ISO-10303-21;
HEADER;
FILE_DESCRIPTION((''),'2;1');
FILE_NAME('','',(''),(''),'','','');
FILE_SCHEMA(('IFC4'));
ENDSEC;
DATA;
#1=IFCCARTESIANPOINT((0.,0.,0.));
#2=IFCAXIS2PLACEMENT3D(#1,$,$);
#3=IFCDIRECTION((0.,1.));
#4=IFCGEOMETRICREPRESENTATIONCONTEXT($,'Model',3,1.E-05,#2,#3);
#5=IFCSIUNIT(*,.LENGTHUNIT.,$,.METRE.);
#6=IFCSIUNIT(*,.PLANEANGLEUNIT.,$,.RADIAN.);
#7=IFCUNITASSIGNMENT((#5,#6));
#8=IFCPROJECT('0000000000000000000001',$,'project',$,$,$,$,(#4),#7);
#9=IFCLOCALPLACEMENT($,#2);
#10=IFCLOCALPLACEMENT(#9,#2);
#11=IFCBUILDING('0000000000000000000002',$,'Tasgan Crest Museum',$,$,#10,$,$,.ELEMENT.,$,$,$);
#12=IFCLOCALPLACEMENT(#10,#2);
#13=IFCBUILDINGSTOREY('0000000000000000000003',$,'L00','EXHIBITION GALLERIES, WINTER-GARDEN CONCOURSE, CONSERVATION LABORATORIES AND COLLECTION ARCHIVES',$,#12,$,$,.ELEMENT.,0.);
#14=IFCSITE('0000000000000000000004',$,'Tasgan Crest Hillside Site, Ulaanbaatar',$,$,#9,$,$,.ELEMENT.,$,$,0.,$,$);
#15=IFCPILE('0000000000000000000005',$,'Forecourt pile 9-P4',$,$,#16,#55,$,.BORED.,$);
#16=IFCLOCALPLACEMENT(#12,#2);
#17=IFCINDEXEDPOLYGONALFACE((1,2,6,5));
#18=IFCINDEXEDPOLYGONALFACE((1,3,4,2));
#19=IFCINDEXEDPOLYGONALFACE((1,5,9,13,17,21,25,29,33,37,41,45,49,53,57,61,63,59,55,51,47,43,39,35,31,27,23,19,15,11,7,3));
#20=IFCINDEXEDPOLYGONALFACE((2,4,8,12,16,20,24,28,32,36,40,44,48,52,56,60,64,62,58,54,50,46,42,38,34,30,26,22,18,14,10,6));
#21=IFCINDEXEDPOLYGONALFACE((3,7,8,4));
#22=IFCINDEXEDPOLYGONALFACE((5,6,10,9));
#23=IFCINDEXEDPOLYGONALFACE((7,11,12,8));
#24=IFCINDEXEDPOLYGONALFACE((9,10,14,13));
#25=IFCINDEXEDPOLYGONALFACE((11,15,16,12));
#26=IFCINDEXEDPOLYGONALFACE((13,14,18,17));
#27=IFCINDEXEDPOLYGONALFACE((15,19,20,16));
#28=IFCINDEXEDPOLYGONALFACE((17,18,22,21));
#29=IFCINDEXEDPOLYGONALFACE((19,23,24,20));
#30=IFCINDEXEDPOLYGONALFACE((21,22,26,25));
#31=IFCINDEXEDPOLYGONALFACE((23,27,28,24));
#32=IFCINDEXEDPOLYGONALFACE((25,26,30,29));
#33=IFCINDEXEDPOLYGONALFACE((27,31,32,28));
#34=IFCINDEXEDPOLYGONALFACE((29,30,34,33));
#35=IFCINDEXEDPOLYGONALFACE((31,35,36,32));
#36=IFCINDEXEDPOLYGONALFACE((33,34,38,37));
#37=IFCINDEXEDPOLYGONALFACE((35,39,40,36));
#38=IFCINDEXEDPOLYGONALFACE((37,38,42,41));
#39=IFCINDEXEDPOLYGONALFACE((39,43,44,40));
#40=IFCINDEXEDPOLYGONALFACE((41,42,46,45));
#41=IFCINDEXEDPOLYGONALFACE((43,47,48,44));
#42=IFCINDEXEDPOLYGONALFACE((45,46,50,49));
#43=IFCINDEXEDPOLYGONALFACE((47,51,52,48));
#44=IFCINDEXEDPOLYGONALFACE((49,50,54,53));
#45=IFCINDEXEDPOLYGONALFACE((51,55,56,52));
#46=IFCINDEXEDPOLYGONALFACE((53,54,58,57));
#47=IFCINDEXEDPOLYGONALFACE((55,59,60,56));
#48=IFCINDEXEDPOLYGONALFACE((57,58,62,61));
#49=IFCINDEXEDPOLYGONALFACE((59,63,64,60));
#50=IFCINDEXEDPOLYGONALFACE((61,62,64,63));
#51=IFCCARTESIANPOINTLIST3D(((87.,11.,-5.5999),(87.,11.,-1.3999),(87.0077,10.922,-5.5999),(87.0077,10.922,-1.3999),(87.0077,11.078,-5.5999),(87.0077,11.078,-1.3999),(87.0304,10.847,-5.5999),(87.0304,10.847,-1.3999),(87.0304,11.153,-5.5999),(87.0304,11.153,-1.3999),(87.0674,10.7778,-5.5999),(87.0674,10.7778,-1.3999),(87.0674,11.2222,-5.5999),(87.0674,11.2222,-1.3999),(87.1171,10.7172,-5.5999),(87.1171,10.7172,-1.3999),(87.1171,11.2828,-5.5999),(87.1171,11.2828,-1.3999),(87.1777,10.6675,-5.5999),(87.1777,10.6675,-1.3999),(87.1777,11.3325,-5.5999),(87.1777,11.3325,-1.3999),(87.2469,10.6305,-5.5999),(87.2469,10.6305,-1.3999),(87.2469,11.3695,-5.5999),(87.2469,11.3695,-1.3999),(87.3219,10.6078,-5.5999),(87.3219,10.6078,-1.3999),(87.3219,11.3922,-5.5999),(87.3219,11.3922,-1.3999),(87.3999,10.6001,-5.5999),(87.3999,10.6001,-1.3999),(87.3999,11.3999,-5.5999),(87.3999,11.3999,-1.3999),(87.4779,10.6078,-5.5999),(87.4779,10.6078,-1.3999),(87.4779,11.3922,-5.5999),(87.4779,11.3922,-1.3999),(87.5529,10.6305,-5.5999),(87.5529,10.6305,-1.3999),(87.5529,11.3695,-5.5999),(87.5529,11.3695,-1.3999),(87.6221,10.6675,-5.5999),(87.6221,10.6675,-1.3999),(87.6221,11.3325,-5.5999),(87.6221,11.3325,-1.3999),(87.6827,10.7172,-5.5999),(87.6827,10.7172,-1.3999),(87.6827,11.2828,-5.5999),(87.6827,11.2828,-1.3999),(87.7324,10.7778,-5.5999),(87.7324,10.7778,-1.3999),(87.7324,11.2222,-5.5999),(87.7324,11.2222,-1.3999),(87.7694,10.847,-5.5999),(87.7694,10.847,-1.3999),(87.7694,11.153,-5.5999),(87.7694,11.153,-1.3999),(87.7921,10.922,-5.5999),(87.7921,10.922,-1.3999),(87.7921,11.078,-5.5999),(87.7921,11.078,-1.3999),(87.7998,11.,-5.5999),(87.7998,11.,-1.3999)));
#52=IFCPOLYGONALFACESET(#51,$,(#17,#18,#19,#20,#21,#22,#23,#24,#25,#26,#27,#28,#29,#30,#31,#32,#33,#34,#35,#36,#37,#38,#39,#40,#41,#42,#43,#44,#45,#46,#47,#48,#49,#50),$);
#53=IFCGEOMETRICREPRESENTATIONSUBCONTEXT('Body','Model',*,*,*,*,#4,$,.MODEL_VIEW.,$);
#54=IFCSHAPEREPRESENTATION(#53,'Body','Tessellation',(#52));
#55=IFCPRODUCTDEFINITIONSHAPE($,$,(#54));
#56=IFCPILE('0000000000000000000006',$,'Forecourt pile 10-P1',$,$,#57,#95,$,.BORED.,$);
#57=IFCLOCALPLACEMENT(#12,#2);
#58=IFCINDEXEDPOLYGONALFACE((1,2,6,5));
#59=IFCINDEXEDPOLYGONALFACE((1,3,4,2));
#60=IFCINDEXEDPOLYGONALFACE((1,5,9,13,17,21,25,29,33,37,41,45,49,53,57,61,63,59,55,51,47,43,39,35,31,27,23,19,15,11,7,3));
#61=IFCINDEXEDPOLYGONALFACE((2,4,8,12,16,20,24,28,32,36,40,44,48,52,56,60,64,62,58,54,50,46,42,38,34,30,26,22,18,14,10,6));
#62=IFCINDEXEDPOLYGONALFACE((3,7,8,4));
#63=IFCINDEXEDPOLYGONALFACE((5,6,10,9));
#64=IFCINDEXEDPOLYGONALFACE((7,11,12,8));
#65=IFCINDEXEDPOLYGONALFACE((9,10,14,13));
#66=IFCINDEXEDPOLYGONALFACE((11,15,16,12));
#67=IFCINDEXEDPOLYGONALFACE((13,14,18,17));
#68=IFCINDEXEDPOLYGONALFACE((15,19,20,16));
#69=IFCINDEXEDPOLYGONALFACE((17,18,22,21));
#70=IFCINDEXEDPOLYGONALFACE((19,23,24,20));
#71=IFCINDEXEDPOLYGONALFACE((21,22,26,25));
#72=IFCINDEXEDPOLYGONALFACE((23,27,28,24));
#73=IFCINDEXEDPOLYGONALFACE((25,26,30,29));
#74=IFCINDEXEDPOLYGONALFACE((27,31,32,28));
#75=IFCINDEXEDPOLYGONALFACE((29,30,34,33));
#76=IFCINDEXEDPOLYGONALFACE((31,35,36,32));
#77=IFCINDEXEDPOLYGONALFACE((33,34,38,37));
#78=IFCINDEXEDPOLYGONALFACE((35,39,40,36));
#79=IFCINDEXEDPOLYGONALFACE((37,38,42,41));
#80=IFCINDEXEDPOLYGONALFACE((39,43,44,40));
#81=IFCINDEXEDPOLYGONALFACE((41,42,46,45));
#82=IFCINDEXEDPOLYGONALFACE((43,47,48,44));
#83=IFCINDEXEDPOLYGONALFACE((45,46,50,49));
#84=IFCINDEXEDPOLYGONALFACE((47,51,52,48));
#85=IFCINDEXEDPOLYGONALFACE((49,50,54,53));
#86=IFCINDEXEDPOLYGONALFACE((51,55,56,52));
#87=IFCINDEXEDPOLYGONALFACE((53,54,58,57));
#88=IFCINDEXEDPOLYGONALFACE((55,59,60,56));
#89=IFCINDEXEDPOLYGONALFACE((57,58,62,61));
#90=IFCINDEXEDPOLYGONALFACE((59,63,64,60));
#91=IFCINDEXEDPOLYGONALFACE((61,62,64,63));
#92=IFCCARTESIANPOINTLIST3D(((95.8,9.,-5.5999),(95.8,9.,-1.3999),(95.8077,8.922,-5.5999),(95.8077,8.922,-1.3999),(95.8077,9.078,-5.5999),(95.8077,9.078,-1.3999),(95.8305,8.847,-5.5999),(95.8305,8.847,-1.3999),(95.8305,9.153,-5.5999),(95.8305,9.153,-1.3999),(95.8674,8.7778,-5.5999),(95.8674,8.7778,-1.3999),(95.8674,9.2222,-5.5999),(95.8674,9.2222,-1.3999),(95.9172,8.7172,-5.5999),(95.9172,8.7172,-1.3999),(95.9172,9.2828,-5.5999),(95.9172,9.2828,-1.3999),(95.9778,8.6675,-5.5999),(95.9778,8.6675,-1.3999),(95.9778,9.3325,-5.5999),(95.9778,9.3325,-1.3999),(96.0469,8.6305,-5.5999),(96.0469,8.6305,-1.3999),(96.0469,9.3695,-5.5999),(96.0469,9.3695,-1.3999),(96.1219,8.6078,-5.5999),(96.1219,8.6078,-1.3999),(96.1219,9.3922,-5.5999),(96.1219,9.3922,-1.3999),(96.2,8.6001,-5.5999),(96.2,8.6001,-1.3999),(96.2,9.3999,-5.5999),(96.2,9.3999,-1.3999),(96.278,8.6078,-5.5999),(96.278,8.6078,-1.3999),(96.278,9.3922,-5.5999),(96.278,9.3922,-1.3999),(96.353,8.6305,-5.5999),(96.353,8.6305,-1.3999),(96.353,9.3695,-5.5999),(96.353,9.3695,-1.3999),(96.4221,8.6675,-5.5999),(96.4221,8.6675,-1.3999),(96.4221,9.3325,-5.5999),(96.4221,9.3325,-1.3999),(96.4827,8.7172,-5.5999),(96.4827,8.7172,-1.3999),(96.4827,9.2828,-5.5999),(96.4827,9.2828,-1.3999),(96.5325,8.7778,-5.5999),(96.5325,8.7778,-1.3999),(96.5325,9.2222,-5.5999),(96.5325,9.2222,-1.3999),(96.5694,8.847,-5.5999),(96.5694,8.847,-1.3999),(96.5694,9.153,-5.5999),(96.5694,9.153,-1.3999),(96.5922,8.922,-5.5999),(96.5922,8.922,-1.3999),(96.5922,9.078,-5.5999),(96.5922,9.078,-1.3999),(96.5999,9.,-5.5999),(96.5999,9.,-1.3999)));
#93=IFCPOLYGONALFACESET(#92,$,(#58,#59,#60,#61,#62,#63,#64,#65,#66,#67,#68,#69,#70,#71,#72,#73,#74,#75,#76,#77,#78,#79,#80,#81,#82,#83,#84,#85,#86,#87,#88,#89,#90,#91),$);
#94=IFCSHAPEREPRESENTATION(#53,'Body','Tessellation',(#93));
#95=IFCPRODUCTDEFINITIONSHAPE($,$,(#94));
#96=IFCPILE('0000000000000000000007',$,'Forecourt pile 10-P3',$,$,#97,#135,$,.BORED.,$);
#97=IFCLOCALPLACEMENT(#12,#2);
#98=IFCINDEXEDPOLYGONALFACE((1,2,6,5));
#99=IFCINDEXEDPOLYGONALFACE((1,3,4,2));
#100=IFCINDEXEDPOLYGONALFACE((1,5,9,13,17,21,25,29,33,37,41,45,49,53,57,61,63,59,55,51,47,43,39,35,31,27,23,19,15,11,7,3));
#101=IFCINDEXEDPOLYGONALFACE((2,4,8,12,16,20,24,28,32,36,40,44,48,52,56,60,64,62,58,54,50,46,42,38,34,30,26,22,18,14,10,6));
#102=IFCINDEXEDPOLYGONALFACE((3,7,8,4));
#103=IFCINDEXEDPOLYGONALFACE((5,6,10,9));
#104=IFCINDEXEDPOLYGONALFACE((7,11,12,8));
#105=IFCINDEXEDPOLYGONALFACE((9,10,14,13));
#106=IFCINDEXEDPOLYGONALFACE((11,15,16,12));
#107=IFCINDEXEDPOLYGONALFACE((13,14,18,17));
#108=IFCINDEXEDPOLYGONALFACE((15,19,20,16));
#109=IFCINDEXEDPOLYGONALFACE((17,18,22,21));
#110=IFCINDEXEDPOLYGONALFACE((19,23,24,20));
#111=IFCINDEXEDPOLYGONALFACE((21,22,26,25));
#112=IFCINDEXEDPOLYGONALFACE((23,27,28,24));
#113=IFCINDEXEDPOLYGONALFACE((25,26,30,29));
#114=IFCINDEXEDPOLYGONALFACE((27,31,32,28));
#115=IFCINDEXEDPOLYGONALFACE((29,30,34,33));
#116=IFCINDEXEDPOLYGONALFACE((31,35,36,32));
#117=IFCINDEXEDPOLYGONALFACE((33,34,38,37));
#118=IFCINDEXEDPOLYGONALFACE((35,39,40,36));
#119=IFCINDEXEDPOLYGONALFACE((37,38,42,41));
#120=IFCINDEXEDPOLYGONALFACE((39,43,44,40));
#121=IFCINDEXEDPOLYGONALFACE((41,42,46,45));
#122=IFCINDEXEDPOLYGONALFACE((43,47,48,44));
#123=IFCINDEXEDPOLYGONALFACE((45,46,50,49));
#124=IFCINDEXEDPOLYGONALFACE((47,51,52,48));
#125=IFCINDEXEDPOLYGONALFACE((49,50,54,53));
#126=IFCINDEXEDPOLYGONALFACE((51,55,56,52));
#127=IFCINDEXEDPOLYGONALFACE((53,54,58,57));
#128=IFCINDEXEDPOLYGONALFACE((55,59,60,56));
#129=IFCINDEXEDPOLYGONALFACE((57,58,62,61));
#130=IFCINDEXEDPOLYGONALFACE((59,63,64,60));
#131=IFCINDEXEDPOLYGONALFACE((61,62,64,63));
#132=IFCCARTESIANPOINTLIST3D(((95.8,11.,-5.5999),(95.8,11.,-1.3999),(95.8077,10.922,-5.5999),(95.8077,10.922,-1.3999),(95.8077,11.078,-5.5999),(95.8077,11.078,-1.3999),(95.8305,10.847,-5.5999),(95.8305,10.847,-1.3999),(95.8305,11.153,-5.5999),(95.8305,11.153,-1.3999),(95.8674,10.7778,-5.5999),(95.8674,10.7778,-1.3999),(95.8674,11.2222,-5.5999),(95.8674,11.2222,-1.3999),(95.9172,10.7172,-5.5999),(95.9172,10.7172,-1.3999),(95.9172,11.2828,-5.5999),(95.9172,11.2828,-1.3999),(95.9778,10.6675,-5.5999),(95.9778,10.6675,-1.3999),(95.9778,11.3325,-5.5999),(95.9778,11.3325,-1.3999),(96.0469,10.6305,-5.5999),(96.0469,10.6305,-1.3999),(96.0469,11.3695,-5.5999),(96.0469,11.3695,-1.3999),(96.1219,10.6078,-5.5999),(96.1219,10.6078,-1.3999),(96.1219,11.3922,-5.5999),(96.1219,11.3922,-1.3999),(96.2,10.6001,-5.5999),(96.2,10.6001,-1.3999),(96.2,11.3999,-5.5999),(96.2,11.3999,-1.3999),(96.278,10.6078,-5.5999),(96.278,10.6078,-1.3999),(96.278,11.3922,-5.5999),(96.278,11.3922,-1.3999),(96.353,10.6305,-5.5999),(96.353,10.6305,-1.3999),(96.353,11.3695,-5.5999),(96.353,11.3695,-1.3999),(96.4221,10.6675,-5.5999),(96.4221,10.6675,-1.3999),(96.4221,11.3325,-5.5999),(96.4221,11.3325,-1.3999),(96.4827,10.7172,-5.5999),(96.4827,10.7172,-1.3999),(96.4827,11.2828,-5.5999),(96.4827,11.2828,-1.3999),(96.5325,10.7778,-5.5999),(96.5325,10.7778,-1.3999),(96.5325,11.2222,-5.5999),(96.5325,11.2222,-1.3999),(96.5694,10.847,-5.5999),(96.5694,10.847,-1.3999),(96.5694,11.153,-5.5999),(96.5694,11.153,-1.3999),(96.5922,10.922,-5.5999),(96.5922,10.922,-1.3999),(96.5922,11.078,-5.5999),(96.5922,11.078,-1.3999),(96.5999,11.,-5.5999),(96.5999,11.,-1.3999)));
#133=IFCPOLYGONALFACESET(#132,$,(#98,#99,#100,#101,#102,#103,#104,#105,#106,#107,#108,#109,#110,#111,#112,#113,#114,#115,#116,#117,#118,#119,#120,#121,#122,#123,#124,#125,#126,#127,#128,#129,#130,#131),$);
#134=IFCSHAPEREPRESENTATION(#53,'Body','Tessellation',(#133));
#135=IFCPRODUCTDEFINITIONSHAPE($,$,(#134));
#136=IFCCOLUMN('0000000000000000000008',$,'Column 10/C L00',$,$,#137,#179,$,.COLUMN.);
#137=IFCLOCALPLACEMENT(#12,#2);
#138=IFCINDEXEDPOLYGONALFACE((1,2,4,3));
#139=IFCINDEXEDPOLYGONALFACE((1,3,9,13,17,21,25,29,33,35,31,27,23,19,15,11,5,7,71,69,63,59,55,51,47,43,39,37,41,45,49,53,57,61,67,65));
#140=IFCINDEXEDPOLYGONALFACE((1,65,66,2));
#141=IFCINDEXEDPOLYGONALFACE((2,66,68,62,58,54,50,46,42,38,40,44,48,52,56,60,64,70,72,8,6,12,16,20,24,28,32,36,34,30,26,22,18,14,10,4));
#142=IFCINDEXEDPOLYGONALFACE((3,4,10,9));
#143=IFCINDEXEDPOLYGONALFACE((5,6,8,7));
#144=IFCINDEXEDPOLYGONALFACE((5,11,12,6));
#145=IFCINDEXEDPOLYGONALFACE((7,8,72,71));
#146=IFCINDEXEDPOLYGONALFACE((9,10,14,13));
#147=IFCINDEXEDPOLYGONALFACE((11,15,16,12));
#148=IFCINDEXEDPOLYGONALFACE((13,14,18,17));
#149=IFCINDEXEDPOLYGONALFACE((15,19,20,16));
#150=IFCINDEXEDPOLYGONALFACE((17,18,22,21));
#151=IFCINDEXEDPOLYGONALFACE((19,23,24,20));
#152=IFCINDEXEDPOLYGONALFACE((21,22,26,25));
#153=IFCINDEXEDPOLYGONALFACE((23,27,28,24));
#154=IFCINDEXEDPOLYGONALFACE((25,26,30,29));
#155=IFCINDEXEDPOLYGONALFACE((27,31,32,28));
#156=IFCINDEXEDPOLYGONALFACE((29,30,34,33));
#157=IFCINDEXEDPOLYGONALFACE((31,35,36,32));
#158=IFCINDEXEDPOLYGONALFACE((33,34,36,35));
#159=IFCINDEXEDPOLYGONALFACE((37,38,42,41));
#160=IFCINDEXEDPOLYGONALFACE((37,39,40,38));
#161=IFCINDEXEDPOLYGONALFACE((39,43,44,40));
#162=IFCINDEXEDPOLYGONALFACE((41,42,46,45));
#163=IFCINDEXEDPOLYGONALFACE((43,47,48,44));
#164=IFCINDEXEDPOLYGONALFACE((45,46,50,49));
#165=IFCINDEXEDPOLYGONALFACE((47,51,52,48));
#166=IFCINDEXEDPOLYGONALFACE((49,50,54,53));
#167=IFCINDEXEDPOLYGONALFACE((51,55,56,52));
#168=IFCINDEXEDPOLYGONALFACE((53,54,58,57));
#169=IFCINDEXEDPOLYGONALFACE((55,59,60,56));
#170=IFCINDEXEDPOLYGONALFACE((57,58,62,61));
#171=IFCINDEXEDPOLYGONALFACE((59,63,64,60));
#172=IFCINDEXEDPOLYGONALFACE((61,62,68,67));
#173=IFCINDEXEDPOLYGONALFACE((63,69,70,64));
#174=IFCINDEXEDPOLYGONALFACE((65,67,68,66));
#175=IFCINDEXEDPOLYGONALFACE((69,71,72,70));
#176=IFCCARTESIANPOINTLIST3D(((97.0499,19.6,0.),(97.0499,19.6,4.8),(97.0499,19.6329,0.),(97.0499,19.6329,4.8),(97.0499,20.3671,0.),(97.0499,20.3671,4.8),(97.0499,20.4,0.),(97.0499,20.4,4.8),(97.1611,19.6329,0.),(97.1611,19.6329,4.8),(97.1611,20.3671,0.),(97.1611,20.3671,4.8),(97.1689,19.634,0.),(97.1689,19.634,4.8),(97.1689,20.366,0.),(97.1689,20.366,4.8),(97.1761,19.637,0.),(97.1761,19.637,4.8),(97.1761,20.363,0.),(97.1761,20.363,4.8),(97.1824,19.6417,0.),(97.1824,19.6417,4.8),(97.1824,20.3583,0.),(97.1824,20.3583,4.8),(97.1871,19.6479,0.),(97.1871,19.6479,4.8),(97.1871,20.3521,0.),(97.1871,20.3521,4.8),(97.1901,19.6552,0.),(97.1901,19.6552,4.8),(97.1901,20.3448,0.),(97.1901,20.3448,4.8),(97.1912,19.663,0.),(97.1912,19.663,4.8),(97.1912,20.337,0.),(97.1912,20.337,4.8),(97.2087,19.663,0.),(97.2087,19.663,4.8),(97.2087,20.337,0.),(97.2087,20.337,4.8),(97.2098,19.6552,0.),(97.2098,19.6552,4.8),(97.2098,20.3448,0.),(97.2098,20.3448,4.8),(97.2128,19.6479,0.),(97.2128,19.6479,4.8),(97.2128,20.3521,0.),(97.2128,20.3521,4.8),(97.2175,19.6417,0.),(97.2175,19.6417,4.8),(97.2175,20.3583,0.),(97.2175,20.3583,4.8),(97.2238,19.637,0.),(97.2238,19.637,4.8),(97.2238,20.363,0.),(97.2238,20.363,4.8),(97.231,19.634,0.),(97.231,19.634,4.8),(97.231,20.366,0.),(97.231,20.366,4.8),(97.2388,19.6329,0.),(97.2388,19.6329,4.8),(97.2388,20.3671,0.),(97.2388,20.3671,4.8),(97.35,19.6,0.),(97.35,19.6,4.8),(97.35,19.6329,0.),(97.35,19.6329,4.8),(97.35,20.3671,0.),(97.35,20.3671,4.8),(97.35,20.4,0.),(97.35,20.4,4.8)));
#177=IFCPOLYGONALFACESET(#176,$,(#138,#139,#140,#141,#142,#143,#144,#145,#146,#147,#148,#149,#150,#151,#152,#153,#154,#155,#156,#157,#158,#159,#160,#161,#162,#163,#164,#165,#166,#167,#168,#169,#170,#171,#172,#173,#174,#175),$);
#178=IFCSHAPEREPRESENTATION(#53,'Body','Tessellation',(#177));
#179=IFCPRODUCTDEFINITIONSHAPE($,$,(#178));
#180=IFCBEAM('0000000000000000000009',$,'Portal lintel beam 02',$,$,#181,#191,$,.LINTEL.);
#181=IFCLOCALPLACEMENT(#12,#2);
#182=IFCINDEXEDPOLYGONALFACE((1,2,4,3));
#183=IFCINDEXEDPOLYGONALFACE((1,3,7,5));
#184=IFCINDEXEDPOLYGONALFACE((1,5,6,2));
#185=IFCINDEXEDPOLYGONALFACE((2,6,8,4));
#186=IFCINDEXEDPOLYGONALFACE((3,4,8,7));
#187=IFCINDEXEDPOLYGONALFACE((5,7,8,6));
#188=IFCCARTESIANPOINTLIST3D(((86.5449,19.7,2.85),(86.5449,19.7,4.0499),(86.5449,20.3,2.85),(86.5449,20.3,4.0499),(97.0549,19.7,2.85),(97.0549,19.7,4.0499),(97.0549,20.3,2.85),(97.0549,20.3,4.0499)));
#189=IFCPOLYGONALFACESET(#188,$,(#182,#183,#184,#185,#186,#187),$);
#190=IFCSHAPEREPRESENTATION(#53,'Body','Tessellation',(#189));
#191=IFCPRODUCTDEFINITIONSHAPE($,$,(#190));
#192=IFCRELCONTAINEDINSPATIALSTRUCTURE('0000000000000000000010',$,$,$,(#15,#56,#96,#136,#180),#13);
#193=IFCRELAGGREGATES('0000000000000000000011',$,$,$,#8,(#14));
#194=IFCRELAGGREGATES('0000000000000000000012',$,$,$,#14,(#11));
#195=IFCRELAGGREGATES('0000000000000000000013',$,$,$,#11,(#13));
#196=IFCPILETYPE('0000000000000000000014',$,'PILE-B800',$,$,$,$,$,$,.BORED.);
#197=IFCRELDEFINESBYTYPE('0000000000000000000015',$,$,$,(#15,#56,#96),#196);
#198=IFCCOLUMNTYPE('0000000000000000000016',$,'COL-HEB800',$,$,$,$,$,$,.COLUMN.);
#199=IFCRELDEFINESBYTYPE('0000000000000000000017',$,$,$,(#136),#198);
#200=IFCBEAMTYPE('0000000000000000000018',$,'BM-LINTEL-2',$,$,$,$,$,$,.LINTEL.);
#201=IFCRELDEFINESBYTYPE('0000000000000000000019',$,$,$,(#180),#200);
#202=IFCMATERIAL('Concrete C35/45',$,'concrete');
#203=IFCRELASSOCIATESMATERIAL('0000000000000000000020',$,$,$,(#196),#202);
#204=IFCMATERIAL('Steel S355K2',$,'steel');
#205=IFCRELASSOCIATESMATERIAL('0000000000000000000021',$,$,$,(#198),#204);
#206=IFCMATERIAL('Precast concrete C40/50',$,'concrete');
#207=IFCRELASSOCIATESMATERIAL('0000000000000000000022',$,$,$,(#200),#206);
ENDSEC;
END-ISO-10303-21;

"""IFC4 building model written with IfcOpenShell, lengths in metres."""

from ifc_helpers import new_model, si_unit, direction, frame, origin, origin_2d, place, context, subcontext, project, spatial, rectangle, circle, i_section, extrude, material, material_profile, profile_set, type_object, element, save


model = new_model("IFC4")

# Units and contexts
model_context = context("Model", 3, precision=1e-05, world=origin(), true_north=direction((0.0, 1.0)))
body_context = subcontext(model_context, "Body", "Model", "MODEL_VIEW")
ifc_project = project(units=[si_unit("LENGTHUNIT", "METRE"), si_unit("PLANEANGLEUNIT", "RADIAN")], contexts=[model_context])

# Site, building, storey
site_placement = place(None, origin())
site = spatial("IfcSite", under=ifc_project, at=site_placement, Name="Tasgan Crest Hillside Site, Ulaanbaatar", CompositionType="ELEMENT", RefElevation=0.0)
building_placement = place(site_placement, origin())
building = spatial("IfcBuilding", under=site, at=building_placement, Name="Tasgan Crest Museum", CompositionType="ELEMENT")
storey_placement = place(building_placement, origin())
storey = spatial("IfcBuildingStorey", under=building, at=storey_placement, Name="L00", Description="EXHIBITION GALLERIES, WINTER-GARDEN CONCOURSE, CONSERVATION LABORATORIES AND COLLECTION ARCHIVES", CompositionType="ELEMENT", Elevation=0.0)

# Piles
ifc_material_1 = material(Name="Concrete C35/45", Category="concrete")
ifc_material_profile_1 = material_profile(ifc_material_1, circle(Radius=0.3999, at=origin_2d()), Name="PILE D800")
ifc_profile_set_1 = profile_set([ifc_material_profile_1], Name="Concrete C35/45")
pile_type = type_object("IfcPileType", Name="PILE-B800", PredefinedType="BORED", material=ifc_profile_set_1)
for number, where, z_axis, x_axis, name in (
    (1, (87.3999, 11.0, -1.3999), (0.0, 0.0, -1.0), (1.0, 0.0, 0.0), "Forecourt pile 9-P4"),
    (2, (96.2, 9.0, -1.3999), (0.0, 0.0, -1.0), (1.0, 0.0, 0.0), "Forecourt pile 10-P1"),
    (3, (96.2, 11.0, -1.3999), (0.0, 0.0, -1.0), (1.0, 0.0, 0.0), "Forecourt pile 10-P3"),
):
    element("IfcPile", number, at=place(storey_placement, frame(where, z_axis=z_axis, x_axis=x_axis)), inside=storey, type_object=pile_type, Name=name, PredefinedType="BORED", context=body_context, shape_type="SweptSolid", body=[
        extrude(circle(Radius=0.3999, at=origin_2d()), origin(), (0.0, 0.0, 1.0), 4.2),
    ])

# Column
ifc_material_2 = material(Name="Steel S355K2", Category="steel")
ifc_material_profile_2 = material_profile(ifc_material_2, i_section(OverallWidth=0.3, OverallDepth=0.8, WebThickness=0.0176, FlangeThickness=0.033, FilletRadius=0.03, at=origin_2d()), Name="HEB 800")
ifc_profile_set_2 = profile_set([ifc_material_profile_2], Name="Steel S355K2")
column_type = type_object("IfcColumnType", Name="COL-HEB800", PredefinedType="COLUMN", material=ifc_profile_set_2)
column_placement = place(storey_placement, frame((97.2, 20.0, 0.0), z_axis=(0.0, 0.0, 1.0), x_axis=(1.0, 0.0, 0.0)))
element("IfcColumn", 4, at=column_placement, inside=storey, type_object=column_type, Name="Column 10/C L00", PredefinedType="COLUMN", context=body_context, shape_type="SweptSolid", body=[
    extrude(i_section(OverallWidth=0.3, OverallDepth=0.8, WebThickness=0.0176, FlangeThickness=0.033, FilletRadius=0.03, at=origin_2d()), origin(), (0.0, 0.0, 1.0), 4.8),
])

# Beam
ifc_material_3 = material(Name="Precast concrete C40/50", Category="concrete")
ifc_material_profile_3 = material_profile(ifc_material_3, rectangle(XDim=0.6001, YDim=1.2, at=origin_2d()), Name="RC 600x1200")
ifc_profile_set_3 = profile_set([ifc_material_profile_3], Name="Precast concrete C40/50")
beam_type = type_object("IfcBeamType", Name="BM-LINTEL-2", PredefinedType="LINTEL", material=ifc_profile_set_3)
beam_placement = place(storey_placement, frame((86.5449, 20.0, 3.45), z_axis=(1.0, 0.0, 0.0), x_axis=(0.0, 1.0, 0.0)))
element("IfcBeam", 5, at=beam_placement, inside=storey, type_object=beam_type, Name="Portal lintel beam 02", PredefinedType="LINTEL", context=body_context, shape_type="SweptSolid", body=[
    extrude(rectangle(XDim=0.6001, YDim=1.2, at=origin_2d()), origin(), (0.0, 0.0, 1.0), 10.51),
])

save(model, "model.ifc")
